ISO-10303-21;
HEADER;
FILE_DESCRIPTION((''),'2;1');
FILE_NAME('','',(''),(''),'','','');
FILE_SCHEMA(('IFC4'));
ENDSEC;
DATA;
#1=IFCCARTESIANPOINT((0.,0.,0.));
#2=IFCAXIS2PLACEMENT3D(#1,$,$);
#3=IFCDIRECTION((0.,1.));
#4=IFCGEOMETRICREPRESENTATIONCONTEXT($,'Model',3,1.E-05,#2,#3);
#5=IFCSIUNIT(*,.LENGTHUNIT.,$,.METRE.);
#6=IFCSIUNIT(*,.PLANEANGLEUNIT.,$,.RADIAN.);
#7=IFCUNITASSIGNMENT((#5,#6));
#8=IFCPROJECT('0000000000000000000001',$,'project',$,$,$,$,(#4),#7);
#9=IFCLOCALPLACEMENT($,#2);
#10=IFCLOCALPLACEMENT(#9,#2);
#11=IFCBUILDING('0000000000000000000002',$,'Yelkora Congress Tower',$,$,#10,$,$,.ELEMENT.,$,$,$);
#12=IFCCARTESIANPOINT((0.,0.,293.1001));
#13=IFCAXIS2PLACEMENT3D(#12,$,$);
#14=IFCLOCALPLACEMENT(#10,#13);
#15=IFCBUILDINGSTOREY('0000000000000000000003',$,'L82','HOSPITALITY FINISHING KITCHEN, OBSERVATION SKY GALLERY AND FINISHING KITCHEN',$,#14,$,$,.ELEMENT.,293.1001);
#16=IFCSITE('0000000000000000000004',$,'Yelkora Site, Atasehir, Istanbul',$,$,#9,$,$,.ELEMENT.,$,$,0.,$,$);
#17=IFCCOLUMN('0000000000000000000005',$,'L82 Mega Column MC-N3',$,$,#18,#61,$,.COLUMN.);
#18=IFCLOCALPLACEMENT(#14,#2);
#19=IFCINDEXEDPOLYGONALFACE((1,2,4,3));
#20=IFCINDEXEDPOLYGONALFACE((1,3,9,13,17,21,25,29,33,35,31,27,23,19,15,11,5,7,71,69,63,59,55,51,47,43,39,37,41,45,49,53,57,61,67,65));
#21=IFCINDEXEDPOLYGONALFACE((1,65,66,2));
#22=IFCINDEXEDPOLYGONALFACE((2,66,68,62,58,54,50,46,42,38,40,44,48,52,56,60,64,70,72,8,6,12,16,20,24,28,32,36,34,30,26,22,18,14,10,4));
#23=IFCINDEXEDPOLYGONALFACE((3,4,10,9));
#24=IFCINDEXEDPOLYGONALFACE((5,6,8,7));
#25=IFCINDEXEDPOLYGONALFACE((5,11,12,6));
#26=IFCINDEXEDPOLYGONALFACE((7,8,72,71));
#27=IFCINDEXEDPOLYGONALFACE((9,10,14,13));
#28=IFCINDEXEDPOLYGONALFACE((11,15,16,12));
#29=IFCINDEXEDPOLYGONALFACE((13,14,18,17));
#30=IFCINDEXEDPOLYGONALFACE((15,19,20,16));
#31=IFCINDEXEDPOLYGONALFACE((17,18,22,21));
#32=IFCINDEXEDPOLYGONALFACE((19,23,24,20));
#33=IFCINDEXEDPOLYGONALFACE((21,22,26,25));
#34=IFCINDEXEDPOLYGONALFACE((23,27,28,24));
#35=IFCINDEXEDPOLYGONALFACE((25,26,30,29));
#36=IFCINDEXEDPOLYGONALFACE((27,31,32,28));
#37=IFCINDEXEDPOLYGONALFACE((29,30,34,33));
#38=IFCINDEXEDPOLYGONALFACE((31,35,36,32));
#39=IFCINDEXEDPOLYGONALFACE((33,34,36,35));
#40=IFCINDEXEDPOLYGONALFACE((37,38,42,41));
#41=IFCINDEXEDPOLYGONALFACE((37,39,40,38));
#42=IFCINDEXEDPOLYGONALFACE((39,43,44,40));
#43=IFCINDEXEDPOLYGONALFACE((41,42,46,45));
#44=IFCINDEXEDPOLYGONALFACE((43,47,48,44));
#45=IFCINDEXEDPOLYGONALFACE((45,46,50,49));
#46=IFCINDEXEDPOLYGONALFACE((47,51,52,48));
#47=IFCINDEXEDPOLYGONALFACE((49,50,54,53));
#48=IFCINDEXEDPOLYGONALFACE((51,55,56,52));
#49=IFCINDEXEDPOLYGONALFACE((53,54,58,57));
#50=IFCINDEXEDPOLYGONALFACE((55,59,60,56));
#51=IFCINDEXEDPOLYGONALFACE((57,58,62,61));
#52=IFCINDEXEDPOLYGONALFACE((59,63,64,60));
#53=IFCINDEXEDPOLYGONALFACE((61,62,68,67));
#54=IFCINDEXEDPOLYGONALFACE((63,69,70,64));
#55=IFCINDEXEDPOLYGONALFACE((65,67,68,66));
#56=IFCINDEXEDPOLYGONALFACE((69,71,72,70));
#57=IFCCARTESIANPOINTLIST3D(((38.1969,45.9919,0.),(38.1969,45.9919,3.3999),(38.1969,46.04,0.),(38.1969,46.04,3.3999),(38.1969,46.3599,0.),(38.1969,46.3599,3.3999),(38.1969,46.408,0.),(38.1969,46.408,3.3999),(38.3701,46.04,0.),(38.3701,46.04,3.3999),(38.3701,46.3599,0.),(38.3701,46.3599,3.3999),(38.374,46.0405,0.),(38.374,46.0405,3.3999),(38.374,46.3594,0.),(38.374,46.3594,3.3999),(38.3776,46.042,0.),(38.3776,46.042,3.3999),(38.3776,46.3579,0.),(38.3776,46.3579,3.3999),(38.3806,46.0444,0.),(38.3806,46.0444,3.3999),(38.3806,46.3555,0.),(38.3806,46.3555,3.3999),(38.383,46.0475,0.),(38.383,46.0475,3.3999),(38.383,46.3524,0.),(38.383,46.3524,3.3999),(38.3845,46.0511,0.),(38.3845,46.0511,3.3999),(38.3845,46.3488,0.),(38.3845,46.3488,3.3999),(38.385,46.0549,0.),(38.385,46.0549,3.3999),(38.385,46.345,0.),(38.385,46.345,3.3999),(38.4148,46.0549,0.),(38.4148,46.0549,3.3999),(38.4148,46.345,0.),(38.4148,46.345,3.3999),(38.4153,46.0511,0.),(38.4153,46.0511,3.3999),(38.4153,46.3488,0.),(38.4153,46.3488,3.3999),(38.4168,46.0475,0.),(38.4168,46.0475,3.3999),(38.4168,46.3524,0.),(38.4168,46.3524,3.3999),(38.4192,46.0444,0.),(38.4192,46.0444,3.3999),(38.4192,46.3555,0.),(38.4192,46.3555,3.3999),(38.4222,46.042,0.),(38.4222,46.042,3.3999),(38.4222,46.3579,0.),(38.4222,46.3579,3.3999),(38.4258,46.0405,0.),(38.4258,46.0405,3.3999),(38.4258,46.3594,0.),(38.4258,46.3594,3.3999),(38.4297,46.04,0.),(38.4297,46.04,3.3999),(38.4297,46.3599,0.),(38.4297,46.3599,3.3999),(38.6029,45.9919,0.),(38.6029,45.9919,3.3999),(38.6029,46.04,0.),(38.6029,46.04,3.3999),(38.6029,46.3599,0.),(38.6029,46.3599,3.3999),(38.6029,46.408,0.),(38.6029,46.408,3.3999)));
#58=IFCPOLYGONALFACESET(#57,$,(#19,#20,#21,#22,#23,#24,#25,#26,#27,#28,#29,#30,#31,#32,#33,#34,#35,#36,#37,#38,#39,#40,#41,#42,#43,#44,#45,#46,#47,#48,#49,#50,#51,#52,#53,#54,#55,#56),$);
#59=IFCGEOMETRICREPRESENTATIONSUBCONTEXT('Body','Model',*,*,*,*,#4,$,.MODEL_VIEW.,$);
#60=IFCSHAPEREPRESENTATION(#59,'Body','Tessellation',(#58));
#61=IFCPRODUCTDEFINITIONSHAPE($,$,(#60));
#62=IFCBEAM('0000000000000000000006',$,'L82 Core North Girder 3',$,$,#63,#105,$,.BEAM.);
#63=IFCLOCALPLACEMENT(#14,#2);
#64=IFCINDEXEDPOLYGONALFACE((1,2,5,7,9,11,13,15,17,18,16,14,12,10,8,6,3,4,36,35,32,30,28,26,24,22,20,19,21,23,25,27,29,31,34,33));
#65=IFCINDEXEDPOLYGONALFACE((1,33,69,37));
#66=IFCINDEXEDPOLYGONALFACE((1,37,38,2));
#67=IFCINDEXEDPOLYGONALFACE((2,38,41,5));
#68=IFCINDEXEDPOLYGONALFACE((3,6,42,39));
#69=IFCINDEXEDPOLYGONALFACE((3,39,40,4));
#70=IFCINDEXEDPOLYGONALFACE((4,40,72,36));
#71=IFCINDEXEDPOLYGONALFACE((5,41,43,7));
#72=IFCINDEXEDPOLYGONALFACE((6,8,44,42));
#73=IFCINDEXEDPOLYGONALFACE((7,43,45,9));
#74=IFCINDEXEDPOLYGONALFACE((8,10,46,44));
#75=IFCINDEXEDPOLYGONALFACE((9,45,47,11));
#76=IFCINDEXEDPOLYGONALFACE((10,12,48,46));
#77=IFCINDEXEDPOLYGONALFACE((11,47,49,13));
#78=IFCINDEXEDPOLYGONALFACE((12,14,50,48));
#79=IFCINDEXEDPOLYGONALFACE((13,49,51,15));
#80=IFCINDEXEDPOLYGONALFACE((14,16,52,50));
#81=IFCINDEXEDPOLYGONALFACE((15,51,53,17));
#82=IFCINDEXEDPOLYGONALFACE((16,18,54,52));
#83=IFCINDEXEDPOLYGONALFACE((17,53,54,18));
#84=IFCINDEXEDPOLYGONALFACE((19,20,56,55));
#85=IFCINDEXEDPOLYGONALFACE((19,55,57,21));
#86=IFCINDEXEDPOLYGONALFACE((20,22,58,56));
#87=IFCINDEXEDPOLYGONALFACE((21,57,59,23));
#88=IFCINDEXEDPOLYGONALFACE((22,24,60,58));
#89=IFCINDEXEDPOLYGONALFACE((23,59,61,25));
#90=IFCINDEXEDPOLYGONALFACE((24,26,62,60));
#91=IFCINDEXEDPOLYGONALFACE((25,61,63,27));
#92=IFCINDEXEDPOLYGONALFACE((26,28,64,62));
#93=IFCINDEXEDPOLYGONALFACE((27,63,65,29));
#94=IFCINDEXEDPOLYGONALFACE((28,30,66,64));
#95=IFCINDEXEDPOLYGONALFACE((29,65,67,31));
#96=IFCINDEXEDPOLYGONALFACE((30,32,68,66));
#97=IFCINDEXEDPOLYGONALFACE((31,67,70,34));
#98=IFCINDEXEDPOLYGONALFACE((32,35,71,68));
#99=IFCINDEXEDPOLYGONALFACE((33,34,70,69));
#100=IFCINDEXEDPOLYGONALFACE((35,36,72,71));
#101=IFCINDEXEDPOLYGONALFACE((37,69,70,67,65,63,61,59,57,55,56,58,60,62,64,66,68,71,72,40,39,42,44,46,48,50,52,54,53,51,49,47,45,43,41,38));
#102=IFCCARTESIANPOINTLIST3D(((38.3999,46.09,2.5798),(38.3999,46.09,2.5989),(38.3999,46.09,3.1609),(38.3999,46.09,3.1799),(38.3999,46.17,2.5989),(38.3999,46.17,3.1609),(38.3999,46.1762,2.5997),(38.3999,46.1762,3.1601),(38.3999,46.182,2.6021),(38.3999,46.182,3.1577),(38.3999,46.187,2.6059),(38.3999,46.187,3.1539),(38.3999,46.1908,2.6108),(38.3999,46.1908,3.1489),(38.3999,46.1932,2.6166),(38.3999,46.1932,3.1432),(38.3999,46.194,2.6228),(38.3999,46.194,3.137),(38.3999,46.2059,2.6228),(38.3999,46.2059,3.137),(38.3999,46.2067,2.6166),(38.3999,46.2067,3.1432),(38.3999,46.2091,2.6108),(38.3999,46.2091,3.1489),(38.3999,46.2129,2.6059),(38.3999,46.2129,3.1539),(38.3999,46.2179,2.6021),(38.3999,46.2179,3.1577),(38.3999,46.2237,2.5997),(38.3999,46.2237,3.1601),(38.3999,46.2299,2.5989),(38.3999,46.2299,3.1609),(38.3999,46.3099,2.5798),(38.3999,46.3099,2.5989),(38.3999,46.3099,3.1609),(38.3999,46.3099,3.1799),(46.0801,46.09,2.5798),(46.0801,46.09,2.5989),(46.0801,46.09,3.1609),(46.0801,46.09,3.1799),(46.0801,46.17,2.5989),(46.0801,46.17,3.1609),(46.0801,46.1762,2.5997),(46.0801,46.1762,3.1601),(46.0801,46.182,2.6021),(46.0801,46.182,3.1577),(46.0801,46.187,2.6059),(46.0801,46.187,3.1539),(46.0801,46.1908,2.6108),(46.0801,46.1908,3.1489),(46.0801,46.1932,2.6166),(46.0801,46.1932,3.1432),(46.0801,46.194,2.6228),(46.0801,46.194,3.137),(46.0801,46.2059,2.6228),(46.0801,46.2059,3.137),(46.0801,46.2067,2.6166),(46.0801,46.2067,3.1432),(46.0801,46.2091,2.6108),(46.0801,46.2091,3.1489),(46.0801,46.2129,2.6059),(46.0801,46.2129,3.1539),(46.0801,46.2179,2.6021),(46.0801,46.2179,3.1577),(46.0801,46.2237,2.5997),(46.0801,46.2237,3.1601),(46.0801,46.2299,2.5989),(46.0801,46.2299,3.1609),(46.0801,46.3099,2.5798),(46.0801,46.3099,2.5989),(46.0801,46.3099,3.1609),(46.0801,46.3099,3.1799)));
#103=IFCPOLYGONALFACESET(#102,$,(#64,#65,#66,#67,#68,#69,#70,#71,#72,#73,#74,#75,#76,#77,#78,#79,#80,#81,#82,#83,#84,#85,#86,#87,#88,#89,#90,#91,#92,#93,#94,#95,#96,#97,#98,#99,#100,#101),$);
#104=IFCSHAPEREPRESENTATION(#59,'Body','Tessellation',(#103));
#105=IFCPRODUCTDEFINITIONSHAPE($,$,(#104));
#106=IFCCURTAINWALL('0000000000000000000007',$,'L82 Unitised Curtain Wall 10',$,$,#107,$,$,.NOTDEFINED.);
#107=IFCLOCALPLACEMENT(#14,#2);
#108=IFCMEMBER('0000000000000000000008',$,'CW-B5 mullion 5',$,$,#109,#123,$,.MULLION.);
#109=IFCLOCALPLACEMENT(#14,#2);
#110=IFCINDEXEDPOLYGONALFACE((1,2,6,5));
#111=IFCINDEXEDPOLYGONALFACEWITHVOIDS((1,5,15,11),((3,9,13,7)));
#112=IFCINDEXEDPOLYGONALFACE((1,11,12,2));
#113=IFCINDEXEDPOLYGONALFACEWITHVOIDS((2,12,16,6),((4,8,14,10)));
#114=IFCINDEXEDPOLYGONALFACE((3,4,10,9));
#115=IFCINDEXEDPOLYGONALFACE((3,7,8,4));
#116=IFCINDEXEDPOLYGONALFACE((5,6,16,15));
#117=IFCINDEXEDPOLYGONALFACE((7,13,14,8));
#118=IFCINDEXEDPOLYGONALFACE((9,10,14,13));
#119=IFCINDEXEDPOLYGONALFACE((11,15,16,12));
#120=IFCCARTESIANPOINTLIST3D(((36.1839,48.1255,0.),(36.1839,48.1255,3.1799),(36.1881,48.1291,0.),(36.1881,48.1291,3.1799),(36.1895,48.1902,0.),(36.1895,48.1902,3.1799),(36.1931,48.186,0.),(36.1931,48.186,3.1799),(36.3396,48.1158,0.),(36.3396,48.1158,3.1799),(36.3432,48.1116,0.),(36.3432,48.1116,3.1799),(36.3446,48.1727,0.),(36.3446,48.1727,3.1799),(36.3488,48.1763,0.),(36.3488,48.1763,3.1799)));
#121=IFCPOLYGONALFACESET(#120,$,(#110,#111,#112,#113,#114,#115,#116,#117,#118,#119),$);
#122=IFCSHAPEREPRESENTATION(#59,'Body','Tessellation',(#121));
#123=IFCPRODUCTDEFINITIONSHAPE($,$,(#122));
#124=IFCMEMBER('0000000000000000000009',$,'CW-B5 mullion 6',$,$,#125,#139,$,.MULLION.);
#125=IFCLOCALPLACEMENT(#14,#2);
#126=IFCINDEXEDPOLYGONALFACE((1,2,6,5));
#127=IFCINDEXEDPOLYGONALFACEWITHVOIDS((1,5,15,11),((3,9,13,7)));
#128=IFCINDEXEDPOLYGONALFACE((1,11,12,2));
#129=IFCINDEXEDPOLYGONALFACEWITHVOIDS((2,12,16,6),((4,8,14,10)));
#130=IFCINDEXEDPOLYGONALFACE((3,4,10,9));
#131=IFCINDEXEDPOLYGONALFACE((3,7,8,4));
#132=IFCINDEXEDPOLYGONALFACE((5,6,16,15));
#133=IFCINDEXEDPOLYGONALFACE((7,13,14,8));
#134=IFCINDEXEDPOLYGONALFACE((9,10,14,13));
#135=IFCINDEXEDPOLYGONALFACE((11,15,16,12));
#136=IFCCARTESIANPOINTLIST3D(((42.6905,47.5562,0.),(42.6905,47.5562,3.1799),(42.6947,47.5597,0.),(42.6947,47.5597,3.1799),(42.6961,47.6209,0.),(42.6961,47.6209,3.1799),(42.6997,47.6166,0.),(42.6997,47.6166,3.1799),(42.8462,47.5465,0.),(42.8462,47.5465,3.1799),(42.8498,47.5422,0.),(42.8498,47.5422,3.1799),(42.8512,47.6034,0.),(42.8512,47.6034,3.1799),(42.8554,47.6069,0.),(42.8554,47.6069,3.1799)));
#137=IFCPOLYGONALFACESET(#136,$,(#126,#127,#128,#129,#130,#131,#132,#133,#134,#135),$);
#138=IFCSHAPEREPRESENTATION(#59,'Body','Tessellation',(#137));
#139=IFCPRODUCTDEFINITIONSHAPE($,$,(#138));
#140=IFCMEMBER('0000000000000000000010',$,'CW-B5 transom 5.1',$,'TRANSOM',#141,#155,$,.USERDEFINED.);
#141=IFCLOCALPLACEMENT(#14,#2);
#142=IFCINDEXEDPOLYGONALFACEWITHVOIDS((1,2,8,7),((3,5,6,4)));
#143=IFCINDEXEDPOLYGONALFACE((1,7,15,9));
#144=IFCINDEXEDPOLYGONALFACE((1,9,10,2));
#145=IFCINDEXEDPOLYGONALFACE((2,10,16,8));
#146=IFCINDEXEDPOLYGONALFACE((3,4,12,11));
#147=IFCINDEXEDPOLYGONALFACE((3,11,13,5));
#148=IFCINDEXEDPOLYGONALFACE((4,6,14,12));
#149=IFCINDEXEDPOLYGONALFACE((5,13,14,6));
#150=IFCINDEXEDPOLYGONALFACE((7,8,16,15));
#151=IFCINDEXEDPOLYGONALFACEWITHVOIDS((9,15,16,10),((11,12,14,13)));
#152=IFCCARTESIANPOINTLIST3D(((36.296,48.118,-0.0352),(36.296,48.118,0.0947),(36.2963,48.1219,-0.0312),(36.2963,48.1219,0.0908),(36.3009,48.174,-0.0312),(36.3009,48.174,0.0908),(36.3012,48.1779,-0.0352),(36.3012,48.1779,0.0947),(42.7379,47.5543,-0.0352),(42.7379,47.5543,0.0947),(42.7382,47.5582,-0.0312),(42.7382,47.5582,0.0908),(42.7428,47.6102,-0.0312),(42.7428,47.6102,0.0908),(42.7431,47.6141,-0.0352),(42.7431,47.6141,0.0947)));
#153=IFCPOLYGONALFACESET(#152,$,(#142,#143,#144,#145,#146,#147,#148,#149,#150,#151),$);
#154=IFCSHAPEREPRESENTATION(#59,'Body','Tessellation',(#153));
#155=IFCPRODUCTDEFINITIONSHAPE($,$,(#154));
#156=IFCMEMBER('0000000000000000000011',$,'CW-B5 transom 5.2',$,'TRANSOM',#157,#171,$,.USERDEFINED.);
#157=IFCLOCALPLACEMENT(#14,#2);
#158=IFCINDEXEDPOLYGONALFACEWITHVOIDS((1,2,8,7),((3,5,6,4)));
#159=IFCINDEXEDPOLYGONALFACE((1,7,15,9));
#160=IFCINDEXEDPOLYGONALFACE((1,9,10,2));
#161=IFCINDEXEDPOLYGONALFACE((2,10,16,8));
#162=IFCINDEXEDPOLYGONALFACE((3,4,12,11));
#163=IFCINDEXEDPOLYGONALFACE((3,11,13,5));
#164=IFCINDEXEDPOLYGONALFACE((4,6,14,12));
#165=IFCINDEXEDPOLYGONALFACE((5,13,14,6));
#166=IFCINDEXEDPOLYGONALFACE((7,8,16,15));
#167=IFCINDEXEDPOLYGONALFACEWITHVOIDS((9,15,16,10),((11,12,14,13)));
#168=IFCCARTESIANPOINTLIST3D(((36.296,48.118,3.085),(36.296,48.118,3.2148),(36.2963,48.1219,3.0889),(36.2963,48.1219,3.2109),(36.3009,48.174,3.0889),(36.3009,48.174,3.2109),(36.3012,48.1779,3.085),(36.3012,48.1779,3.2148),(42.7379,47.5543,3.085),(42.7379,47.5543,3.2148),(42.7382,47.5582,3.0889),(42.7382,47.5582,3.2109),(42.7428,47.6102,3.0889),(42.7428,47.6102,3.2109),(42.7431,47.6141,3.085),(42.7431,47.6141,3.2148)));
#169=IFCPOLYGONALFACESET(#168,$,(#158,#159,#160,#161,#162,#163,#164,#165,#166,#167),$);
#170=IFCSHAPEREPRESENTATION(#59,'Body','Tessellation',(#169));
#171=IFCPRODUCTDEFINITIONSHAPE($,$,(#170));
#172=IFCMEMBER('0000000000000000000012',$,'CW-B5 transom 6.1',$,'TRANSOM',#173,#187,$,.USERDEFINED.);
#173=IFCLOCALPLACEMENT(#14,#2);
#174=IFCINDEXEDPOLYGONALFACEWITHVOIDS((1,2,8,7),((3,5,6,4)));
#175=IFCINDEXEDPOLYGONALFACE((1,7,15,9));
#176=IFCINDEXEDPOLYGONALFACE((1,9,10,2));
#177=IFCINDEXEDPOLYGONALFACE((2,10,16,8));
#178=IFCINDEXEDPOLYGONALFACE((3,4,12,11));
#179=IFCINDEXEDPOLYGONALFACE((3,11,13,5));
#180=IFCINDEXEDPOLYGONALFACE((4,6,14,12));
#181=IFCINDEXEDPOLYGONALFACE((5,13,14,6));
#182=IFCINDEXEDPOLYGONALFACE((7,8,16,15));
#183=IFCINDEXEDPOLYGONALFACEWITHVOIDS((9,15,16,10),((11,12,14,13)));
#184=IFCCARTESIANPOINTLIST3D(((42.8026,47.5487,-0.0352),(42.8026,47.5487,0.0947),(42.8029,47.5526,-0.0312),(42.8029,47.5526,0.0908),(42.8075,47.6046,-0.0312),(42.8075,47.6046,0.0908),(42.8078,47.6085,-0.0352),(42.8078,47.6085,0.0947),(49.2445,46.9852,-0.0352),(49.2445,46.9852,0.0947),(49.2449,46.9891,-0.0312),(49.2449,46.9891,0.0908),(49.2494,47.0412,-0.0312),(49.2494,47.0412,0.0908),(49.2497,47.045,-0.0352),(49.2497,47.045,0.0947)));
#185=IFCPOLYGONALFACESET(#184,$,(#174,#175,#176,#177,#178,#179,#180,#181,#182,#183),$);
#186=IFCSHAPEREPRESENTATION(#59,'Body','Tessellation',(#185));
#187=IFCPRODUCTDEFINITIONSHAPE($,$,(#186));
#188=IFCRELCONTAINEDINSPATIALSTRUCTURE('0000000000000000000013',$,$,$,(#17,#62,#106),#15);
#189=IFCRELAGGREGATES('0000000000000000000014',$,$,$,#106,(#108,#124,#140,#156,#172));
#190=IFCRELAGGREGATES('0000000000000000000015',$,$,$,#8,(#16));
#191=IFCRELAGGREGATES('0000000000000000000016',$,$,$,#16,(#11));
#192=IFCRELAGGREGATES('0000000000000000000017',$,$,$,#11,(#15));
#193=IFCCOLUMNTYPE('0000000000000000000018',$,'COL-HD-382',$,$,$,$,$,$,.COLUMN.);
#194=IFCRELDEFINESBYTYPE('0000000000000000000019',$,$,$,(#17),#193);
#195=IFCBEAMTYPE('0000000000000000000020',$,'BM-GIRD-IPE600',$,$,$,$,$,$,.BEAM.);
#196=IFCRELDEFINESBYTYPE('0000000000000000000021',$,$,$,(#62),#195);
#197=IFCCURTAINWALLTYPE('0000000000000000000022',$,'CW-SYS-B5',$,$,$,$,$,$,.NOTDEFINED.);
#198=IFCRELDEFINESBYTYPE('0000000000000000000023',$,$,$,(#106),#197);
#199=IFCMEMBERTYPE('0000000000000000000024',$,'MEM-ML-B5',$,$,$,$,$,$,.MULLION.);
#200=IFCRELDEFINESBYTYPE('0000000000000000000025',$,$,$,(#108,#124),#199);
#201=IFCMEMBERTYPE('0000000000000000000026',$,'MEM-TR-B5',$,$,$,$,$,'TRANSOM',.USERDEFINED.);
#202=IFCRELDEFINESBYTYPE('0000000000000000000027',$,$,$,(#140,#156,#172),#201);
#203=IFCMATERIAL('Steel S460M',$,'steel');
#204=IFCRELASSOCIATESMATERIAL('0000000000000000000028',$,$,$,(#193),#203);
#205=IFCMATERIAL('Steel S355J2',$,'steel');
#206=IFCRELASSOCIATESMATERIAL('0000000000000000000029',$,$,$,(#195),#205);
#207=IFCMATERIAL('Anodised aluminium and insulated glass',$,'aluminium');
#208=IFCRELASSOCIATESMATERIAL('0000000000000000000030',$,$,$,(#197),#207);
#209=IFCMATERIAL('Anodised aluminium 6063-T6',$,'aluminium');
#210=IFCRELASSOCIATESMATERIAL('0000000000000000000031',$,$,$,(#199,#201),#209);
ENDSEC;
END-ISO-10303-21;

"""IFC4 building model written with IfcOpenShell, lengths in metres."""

from ifc_helpers import new_model, si_unit, direction, frame, origin, origin_2d, place, context, subcontext, project, spatial, hollow_rectangle, i_section, extrude, material, material_profile, profile_set, type_object, element, aggregate, save


model = new_model("IFC4")

# Units and contexts
model_context = context("Model", 3, precision=1e-05, world=origin(), true_north=direction((0.0, 1.0)))
body_context = subcontext(model_context, "Body", "Model", "MODEL_VIEW")
ifc_project = project(units=[si_unit("LENGTHUNIT", "METRE"), si_unit("PLANEANGLEUNIT", "RADIAN")], contexts=[model_context])

# Site, building, storey
site_placement = place(None, origin())
site = spatial("IfcSite", under=ifc_project, at=site_placement, Name="Yelkora Site, Atasehir, Istanbul", CompositionType="ELEMENT", RefElevation=0.0)
building_placement = place(site_placement, origin())
building = spatial("IfcBuilding", under=site, at=building_placement, Name="Yelkora Congress Tower", CompositionType="ELEMENT")
storey_placement = place(building_placement, frame((0.0, 0.0, 293.1001)))
storey = spatial("IfcBuildingStorey", under=building, at=storey_placement, Name="L82", Description="HOSPITALITY FINISHING KITCHEN, OBSERVATION SKY GALLERY AND FINISHING KITCHEN", CompositionType="ELEMENT", Elevation=293.1001)

# Column
ifc_material_1 = material(Name="Steel S460M", Category="steel")
ifc_material_profile_1 = material_profile(ifc_material_1, i_section(OverallWidth=0.406, OverallDepth=0.416, WebThickness=0.0298, FlangeThickness=0.0481, FilletRadius=0.0149, at=origin_2d()), Name="HD 400x382")
ifc_profile_set_1 = profile_set([ifc_material_profile_1], Name="Steel S460M")
column_type = type_object("IfcColumnType", Name="COL-HD-382", PredefinedType="COLUMN", material=ifc_profile_set_1)
column_placement = place(storey_placement, frame((38.3999, 46.2, 0.0), z_axis=(0.0, 0.0, 1.0), x_axis=(1.0, 0.0, 0.0)))
element("IfcColumn", 1, at=column_placement, inside=storey, type_object=column_type, Name="L82 Mega Column MC-N3", PredefinedType="COLUMN", context=body_context, shape_type="SweptSolid", body=[
    extrude(i_section(OverallWidth=0.406, OverallDepth=0.416, WebThickness=0.0298, FlangeThickness=0.0481, FilletRadius=0.0149, at=origin_2d()), origin(), (0.0, 0.0, 1.0), 3.3999),
])

# Beam
ifc_material_2 = material(Name="Steel S355J2", Category="steel")
ifc_material_profile_2 = material_profile(ifc_material_2, i_section(OverallWidth=0.22, OverallDepth=0.6001, WebThickness=0.012, FlangeThickness=0.019, FilletRadius=0.0239, at=origin_2d()), Name="IPE 600")
ifc_profile_set_2 = profile_set([ifc_material_profile_2], Name="Steel S355J2")
beam_type = type_object("IfcBeamType", Name="BM-GIRD-IPE600", PredefinedType="BEAM", material=ifc_profile_set_2)
beam_placement = place(storey_placement, frame((38.3999, 46.2, 2.8799), z_axis=(1.0, 0.0, 0.0), x_axis=(0.0, 1.0, 0.0)))
element("IfcBeam", 2, at=beam_placement, inside=storey, type_object=beam_type, Name="L82 Core North Girder 3", PredefinedType="BEAM", context=body_context, shape_type="SweptSolid", body=[
    extrude(i_section(OverallWidth=0.22, OverallDepth=0.6001, WebThickness=0.012, FlangeThickness=0.019, FilletRadius=0.0239, at=origin_2d()), origin(), (0.0, 0.0, 1.0), 7.6802),
])

# Curtain wall, members
ifc_material_3 = material(Name="Anodised aluminium and insulated glass", Category="aluminium")
curtain_wall_type = type_object("IfcCurtainWallType", Name="CW-SYS-B5", PredefinedType="NOTDEFINED", material=ifc_material_3)
curtain_wall_placement = place(storey_placement, origin())
curtain_wall = element("IfcCurtainWall", 3, at=curtain_wall_placement, inside=storey, type_object=curtain_wall_type, Name="L82 Unitised Curtain Wall 10", PredefinedType="NOTDEFINED")
ifc_material_4 = material(Name="Anodised aluminium 6063-T6", Category="aluminium")
ifc_material_profile_3 = material_profile(ifc_material_4, hollow_rectangle(XDim=0.0649, YDim=0.1599, WallThickness=0.0039, at=origin_2d()), Name="ALU 65x160x4")
ifc_profile_set_3 = profile_set([ifc_material_profile_3], Name="Anodised aluminium 6063-T6")
member_type_1 = type_object("IfcMemberType", Name="MEM-ML-B5", PredefinedType="MULLION", material=ifc_profile_set_3)
member_1_placement = place(storey_placement, frame((36.2664, 48.1509, 0.0), z_axis=(0.0, 0.0, 1.0), x_axis=(0.087157, 0.996195, 0.0)))
member_1 = element("IfcMember", 4, at=member_1_placement, type_object=member_type_1, Name="CW-B5 mullion 5", PredefinedType="MULLION", context=body_context, shape_type="SweptSolid", body=[
    extrude(hollow_rectangle(XDim=0.0649, YDim=0.1599, WallThickness=0.0039, at=origin_2d()), origin(), (0.0, 0.0, 1.0), 3.1799),
])
member_2_placement = place(storey_placement, frame((42.7729, 47.5815, 0.0), z_axis=(0.0, 0.0, 1.0), x_axis=(0.087157, 0.996195, 0.0)))
member_2 = element("IfcMember", 5, at=member_2_placement, type_object=member_type_1, Name="CW-B5 mullion 6", PredefinedType="MULLION", context=body_context, shape_type="SweptSolid", body=[
    extrude(hollow_rectangle(XDim=0.0649, YDim=0.1599, WallThickness=0.0039, at=origin_2d()), origin(), (0.0, 0.0, 1.0), 3.1799),
])
ifc_material_profile_4 = material_profile(ifc_material_4, hollow_rectangle(XDim=0.0601, YDim=0.1299, WallThickness=0.0039, at=origin_2d()), Name="ALU 60x130x4")
ifc_profile_set_4 = profile_set([ifc_material_profile_4], Name="Anodised aluminium 6063-T6")
member_type_2 = type_object("IfcMemberType", Name="MEM-TR-B5", ElementType="TRANSOM", PredefinedType="USERDEFINED", material=ifc_profile_set_4)
member_3_placement = place(storey_placement, frame((36.2986, 48.1479, 0.0298), z_axis=(0.996193, -0.087175, 0.0), x_axis=(0.087175, 0.996193, 0.0)))
member_3 = element("IfcMember", 6, at=member_3_placement, type_object=member_type_2, Name="CW-B5 transom 5.1", ObjectType="TRANSOM", PredefinedType="USERDEFINED", context=body_context, shape_type="SweptSolid", body=[
    extrude(hollow_rectangle(XDim=0.0601, YDim=0.1299, WallThickness=0.0039, at=origin_2d()), origin(), (0.0, 0.0, 1.0), 6.4666),
])
member_4_placement = place(storey_placement, frame((36.2986, 48.1479, 3.1499), z_axis=(0.996193, -0.087175, 0.0), x_axis=(0.087175, 0.996193, 0.0)))
member_4 = element("IfcMember", 7, at=member_4_placement, type_object=member_type_2, Name="CW-B5 transom 5.2", ObjectType="TRANSOM", PredefinedType="USERDEFINED", context=body_context, shape_type="SweptSolid", body=[
    extrude(hollow_rectangle(XDim=0.0601, YDim=0.1299, WallThickness=0.0039, at=origin_2d()), origin(), (0.0, 0.0, 1.0), 6.4666),
])
member_5_placement = place(storey_placement, frame((42.8052, 47.5786, 0.0298), z_axis=(0.996196, -0.087138, 0.0), x_axis=(0.087138, 0.996196, 0.0)))
member_5 = element("IfcMember", 8, at=member_5_placement, type_object=member_type_2, Name="CW-B5 transom 6.1", ObjectType="TRANSOM", PredefinedType="USERDEFINED", context=body_context, shape_type="SweptSolid", body=[
    extrude(hollow_rectangle(XDim=0.0601, YDim=0.1299, WallThickness=0.0039, at=origin_2d()), origin(), (0.0, 0.0, 1.0), 6.4666),
])
aggregate(curtain_wall, [member_1, member_2, member_3, member_4, member_5])

save(model, "model.ifc")
